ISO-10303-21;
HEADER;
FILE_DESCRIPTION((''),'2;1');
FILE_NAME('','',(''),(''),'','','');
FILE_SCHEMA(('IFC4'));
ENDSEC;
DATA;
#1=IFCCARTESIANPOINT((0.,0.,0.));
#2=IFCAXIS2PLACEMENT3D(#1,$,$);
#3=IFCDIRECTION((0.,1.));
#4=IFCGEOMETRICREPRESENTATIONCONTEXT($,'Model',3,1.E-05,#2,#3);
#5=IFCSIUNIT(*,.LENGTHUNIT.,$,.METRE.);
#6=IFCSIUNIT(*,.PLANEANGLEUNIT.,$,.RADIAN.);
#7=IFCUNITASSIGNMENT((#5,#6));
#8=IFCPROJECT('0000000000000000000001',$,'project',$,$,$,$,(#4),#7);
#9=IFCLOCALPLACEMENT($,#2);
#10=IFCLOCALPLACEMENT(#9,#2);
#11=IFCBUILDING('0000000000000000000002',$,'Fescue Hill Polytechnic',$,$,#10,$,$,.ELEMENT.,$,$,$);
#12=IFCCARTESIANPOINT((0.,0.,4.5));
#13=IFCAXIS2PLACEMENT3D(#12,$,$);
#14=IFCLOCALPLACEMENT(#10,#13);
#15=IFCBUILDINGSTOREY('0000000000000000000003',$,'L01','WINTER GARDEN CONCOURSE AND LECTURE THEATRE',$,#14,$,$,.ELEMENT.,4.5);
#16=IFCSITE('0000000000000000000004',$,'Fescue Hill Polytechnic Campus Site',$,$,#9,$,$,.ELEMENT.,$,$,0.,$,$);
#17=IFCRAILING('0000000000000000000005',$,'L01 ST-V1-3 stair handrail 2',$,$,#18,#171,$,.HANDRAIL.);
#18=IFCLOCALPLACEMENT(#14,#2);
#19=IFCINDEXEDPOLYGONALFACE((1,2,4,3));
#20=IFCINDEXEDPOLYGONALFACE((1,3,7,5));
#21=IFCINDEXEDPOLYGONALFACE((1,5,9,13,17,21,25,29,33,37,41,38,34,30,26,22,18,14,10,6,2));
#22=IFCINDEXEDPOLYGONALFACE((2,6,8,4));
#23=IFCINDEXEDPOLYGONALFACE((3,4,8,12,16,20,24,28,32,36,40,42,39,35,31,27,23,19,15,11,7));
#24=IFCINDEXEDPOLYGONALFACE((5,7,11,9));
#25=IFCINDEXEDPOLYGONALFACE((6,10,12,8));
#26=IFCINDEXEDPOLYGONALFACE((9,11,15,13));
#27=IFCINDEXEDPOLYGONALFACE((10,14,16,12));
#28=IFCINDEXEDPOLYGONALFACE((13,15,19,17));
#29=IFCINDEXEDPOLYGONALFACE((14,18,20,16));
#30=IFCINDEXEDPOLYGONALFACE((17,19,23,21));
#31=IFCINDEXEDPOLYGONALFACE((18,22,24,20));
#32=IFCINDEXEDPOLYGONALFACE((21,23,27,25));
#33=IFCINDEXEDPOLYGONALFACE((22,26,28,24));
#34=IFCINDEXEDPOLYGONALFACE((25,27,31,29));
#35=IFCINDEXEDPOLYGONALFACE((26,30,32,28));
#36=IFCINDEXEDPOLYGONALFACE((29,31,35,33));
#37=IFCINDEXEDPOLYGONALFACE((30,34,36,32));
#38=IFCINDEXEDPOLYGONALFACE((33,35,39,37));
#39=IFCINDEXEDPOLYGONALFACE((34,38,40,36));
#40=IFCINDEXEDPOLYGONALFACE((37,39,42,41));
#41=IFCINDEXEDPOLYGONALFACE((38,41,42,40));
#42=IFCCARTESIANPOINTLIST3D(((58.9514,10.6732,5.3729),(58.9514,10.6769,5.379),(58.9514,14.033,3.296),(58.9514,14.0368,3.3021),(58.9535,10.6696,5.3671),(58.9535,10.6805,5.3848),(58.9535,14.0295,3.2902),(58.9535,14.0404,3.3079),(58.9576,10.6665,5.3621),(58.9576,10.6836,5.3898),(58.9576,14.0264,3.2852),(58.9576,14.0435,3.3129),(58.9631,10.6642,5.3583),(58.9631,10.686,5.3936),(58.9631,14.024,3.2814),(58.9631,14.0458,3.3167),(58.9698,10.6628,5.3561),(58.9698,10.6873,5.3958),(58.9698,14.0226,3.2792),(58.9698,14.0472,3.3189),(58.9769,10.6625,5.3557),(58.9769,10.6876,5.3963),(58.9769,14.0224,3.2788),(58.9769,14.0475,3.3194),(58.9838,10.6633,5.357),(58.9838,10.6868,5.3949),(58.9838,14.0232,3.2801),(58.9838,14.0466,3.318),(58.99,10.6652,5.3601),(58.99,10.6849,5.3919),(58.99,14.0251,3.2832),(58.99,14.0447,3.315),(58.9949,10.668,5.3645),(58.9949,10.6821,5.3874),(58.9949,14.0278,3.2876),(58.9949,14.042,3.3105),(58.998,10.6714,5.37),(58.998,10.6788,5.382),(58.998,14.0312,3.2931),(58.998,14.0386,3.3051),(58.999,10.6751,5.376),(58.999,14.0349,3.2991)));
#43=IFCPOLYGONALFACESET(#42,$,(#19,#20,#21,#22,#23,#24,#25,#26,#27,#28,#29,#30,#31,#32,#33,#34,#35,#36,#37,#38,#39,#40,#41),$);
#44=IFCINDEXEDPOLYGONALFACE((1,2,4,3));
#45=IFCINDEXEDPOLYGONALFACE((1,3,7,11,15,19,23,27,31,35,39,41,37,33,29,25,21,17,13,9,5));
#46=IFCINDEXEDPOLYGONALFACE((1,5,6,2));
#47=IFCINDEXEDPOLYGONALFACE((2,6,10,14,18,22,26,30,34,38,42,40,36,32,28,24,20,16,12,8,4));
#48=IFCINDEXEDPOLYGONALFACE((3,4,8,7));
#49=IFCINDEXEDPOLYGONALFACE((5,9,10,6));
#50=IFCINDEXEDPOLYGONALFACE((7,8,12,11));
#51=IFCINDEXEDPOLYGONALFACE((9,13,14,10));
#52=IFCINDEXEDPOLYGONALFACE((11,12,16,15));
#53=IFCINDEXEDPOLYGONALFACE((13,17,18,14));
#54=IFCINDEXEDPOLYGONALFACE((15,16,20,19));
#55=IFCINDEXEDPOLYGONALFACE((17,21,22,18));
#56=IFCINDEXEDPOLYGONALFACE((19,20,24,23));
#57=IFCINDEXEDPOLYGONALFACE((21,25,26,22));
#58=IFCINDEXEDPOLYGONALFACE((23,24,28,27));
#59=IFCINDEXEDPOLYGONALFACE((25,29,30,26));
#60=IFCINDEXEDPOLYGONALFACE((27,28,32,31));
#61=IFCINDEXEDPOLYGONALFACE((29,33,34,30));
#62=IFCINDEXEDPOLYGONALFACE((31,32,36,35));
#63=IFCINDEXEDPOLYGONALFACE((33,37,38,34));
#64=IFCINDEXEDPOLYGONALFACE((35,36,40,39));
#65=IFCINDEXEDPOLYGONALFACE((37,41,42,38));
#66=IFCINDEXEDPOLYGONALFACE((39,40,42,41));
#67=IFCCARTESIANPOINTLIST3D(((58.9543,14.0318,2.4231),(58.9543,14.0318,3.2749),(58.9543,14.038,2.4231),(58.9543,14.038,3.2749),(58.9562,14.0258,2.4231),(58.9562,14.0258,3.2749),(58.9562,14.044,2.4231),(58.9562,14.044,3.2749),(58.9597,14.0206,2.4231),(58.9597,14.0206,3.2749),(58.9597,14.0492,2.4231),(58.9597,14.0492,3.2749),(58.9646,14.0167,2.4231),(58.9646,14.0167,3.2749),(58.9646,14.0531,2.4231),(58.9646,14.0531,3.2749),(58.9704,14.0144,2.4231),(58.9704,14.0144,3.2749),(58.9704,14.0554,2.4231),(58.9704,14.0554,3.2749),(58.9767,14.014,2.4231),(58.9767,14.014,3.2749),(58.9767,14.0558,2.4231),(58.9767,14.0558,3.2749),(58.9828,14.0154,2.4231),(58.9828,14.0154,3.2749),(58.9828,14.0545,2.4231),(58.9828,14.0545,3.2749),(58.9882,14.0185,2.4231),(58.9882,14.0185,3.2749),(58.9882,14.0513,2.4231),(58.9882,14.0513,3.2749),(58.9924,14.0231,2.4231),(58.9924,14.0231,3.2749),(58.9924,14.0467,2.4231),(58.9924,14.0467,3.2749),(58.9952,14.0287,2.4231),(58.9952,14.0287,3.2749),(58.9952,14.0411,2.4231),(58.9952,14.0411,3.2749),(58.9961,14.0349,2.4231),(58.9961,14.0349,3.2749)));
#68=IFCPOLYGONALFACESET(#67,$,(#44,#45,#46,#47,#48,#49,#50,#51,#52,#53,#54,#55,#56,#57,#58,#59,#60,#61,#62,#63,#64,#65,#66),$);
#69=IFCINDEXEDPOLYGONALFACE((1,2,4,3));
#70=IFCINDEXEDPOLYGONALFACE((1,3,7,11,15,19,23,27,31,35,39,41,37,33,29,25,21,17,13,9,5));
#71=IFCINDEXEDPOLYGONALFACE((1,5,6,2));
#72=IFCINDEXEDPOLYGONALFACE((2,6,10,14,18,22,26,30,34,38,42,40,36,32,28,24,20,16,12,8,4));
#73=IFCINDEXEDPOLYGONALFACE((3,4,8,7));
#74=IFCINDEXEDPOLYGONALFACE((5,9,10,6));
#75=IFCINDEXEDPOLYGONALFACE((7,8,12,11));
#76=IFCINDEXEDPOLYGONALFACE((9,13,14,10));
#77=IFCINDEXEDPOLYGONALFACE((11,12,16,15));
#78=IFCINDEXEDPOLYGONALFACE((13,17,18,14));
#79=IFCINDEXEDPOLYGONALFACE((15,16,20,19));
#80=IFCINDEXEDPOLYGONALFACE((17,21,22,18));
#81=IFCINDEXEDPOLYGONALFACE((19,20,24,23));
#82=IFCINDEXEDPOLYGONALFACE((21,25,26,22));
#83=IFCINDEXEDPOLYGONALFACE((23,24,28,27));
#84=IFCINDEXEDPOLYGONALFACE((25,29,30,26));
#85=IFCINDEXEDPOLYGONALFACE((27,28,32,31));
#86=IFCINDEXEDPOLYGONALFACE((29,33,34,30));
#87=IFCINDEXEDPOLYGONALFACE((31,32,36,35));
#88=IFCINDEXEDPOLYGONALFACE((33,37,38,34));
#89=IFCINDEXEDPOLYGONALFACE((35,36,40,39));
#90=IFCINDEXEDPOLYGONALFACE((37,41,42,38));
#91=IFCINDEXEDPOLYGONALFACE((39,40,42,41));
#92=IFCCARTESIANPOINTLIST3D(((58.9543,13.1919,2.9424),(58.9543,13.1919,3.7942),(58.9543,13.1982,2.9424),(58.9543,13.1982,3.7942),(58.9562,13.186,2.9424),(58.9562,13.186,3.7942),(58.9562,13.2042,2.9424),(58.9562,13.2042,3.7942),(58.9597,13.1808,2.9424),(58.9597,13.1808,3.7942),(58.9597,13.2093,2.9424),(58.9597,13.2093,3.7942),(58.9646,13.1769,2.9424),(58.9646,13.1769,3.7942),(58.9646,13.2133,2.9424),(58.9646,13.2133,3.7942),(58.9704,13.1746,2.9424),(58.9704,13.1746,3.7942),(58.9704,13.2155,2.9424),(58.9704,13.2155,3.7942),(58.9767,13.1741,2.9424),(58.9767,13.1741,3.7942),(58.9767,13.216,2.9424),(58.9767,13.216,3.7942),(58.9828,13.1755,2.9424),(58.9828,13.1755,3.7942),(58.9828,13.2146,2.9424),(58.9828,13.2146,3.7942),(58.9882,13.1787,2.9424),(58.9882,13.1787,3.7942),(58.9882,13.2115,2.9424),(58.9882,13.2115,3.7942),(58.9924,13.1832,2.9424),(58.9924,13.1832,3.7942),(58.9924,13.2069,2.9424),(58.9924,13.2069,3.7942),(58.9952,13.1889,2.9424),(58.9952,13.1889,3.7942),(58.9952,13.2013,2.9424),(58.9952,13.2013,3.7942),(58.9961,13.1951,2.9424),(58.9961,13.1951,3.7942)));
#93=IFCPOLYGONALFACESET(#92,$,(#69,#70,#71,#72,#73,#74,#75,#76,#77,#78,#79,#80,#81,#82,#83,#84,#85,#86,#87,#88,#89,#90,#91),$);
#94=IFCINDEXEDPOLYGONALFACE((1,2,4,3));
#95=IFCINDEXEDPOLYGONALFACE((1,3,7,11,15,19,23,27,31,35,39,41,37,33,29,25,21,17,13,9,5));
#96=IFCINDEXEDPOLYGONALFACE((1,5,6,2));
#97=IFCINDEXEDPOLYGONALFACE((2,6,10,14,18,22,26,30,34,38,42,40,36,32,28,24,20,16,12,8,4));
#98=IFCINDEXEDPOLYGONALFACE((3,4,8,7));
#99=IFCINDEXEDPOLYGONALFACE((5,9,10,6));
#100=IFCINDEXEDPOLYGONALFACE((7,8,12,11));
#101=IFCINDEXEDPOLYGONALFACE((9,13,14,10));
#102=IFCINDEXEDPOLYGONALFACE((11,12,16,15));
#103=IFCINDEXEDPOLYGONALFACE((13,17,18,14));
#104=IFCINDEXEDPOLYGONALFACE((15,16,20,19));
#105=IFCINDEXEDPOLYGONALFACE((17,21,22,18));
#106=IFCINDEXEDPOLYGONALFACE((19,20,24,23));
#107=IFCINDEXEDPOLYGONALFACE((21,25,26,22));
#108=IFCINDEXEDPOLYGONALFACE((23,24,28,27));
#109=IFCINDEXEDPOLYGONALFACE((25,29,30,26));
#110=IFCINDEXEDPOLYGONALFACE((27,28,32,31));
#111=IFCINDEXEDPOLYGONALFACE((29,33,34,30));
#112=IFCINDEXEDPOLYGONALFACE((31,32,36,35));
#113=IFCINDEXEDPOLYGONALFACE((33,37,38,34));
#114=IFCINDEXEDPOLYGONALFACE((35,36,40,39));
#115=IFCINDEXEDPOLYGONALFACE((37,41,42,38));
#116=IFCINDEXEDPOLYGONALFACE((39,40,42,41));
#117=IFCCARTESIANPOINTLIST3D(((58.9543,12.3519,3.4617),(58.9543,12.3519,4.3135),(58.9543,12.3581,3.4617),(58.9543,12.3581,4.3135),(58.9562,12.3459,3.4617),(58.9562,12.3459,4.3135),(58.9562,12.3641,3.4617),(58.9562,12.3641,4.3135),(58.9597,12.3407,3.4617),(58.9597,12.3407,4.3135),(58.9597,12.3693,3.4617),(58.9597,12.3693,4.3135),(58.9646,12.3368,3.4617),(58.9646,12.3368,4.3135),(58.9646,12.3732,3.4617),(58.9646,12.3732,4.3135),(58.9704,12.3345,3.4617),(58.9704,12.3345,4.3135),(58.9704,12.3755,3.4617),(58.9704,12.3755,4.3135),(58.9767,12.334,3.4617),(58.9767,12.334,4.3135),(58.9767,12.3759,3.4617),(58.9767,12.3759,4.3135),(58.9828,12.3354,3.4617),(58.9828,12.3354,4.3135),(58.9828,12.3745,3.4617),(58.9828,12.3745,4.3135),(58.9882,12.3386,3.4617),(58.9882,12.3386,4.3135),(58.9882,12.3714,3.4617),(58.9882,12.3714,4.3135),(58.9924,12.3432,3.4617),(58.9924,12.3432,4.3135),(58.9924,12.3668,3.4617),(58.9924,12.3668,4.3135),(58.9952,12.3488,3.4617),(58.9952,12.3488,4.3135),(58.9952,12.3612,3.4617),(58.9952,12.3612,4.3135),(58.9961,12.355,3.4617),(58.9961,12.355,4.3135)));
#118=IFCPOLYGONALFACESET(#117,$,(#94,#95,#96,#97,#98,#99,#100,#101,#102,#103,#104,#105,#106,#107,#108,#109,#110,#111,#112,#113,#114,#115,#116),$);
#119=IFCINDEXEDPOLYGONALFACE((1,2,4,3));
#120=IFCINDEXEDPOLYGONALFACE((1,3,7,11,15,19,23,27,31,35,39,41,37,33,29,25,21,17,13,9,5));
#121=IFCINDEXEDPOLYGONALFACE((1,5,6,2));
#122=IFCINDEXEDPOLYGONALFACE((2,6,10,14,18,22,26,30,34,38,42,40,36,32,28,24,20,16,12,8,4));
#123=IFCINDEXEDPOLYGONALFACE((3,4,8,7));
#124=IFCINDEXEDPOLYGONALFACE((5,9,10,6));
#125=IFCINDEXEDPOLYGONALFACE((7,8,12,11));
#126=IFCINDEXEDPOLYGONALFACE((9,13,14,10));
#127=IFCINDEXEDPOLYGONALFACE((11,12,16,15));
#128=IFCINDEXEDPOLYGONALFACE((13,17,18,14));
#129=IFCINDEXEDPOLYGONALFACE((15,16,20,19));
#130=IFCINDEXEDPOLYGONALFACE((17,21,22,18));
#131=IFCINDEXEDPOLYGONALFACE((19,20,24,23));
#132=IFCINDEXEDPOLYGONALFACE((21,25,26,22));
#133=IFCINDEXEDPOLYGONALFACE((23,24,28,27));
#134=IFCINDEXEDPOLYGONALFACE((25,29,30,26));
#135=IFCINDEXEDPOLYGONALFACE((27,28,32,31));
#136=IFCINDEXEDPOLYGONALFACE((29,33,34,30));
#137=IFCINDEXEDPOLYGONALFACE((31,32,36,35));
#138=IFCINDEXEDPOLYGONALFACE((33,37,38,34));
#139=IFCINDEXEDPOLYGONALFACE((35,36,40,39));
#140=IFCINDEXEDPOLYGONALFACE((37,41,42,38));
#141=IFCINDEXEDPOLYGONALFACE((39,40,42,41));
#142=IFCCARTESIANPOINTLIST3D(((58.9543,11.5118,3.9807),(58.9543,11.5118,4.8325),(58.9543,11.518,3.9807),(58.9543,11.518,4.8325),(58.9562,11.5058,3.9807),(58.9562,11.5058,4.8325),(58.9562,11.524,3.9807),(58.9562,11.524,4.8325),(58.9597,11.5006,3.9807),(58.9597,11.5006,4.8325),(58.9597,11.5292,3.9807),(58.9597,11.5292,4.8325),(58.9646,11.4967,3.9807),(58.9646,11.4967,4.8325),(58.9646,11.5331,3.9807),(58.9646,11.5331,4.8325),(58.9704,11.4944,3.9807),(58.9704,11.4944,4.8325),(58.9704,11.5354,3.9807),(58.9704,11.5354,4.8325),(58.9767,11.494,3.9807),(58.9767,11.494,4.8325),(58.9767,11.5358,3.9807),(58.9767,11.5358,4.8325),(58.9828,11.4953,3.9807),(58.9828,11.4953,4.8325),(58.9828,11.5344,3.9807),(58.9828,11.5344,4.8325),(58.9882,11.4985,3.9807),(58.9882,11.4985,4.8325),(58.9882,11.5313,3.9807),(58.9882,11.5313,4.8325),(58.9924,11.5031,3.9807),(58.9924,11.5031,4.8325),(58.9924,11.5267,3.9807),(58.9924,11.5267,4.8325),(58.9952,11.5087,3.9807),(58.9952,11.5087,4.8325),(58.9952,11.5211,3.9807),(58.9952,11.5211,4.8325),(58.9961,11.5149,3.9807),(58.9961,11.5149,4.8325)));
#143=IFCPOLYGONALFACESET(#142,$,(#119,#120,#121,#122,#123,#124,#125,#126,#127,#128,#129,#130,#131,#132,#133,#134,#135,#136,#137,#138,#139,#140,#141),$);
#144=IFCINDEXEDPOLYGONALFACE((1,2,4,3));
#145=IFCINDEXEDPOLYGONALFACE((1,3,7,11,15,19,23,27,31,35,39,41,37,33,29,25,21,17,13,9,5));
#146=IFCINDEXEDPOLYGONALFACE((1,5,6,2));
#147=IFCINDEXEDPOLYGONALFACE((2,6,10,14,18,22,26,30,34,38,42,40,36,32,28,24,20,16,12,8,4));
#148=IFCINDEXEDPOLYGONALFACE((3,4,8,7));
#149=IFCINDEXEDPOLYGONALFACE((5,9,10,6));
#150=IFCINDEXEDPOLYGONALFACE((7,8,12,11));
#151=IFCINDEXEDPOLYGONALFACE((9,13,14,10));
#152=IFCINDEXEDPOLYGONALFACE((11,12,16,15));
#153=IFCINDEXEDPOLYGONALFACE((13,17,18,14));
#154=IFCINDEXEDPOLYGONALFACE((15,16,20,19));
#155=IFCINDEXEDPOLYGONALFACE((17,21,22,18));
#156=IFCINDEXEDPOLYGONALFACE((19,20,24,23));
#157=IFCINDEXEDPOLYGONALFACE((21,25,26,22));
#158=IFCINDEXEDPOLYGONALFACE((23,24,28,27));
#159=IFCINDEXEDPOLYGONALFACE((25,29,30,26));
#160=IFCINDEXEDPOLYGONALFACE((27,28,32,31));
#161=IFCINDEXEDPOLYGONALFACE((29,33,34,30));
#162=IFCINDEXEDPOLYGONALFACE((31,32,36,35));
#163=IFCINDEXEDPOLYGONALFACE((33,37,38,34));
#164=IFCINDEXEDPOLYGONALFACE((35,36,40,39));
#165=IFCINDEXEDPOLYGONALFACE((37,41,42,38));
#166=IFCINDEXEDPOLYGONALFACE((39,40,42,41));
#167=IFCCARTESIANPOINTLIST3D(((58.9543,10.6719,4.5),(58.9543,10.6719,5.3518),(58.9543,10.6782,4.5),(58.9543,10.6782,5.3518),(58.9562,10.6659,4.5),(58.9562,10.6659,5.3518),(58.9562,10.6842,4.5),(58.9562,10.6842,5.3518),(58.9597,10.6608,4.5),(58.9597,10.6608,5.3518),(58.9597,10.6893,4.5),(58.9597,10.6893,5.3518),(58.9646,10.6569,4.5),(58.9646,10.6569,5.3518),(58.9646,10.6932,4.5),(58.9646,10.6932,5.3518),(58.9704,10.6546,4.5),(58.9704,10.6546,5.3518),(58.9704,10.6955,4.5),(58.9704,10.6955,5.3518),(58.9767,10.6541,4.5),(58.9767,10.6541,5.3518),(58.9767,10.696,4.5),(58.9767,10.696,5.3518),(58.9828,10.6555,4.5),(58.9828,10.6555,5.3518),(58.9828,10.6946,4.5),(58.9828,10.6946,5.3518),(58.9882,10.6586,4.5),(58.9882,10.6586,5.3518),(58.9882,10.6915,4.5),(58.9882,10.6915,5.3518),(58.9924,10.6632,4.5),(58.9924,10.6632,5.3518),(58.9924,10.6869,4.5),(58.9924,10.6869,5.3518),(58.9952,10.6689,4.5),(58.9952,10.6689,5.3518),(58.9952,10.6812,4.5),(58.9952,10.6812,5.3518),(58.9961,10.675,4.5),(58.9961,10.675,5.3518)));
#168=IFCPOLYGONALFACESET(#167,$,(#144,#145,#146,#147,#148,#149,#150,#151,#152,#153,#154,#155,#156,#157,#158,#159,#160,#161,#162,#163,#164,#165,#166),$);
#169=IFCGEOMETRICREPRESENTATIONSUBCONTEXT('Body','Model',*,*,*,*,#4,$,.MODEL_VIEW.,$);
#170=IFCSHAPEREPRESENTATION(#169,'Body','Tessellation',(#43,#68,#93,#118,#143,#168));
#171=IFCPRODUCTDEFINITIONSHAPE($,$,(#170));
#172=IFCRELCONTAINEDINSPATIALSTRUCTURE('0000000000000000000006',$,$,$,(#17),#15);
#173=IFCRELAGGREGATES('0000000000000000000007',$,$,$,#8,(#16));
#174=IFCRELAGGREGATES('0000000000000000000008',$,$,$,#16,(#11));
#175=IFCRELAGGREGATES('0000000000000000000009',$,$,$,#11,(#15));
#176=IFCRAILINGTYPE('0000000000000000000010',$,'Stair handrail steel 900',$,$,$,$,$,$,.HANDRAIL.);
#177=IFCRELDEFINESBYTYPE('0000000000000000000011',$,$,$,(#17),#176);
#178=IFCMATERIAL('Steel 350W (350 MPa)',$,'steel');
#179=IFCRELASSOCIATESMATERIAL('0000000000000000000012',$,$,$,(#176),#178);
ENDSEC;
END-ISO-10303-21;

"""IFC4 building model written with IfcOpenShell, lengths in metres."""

from ifc_helpers import new_model, si_unit, direction, frame, origin, origin_2d, place, context, subcontext, project, spatial, circle, extrude, material, type_object, element, save


model = new_model("IFC4")

# Units and contexts
model_context = context("Model", 3, precision=1e-05, world=origin(), true_north=direction((0.0, 1.0)))
body_context = subcontext(model_context, "Body", "Model", "MODEL_VIEW")
ifc_project = project(units=[si_unit("LENGTHUNIT", "METRE"), si_unit("PLANEANGLEUNIT", "RADIAN")], contexts=[model_context])

# Site, building, storey
site_placement = place(None, origin())
site = spatial("IfcSite", under=ifc_project, at=site_placement, Name="Fescue Hill Polytechnic Campus Site", CompositionType="ELEMENT", RefElevation=0.0)
building_placement = place(site_placement, origin())
building = spatial("IfcBuilding", under=site, at=building_placement, Name="Fescue Hill Polytechnic", CompositionType="ELEMENT")
storey_placement = place(building_placement, frame((0.0, 0.0, 4.5)))
storey = spatial("IfcBuildingStorey", under=building, at=storey_placement, Name="L01", Description="WINTER GARDEN CONCOURSE AND LECTURE THEATRE", CompositionType="ELEMENT", Elevation=4.5)

# Railing
ifc_material_1 = material(Name="Steel 350W (350 MPa)", Category="steel")
railing_type_1 = type_object("IfcRailingType", Name="Stair handrail steel 900", PredefinedType="HANDRAIL", material=ifc_material_1)
railing_1_placement = place(storey_placement, frame((58.9751, 14.0349, 2.4231)))
element("IfcRailing", 1, at=railing_1_placement, inside=storey, type_object=railing_type_1, Name="L01 ST-V1-3 stair handrail 2", PredefinedType="HANDRAIL", context=body_context, shape_type="SweptSolid", body=[
    extrude(circle(Radius=0.0239, at=origin_2d()), frame((0.0, 0.0, 0.876), z_axis=(0.0, -0.850606, 0.525803), x_axis=(1.0, 0.0, 0.0)), (0.0, 0.0, 1.0), 3.95),
    extrude(circle(Radius=0.021, at=origin_2d()), origin(), (0.0, 0.0, 1.0), 0.8518),
    extrude(circle(Radius=0.021, at=origin_2d()), frame((0.0, -0.8398, 0.5193)), (0.0, 0.0, 1.0), 0.8518),
    extrude(circle(Radius=0.021, at=origin_2d()), frame((0.0, -1.6799, 1.0386)), (0.0, 0.0, 1.0), 0.8518),
    extrude(circle(Radius=0.021, at=origin_2d()), frame((0.0, -2.52, 1.5576)), (0.0, 0.0, 1.0), 0.8518),
    extrude(circle(Radius=0.021, at=origin_2d()), frame((0.0, -3.3599, 2.0769)), (0.0, 0.0, 1.0), 0.8518),
])

save(model, "model.ifc")
